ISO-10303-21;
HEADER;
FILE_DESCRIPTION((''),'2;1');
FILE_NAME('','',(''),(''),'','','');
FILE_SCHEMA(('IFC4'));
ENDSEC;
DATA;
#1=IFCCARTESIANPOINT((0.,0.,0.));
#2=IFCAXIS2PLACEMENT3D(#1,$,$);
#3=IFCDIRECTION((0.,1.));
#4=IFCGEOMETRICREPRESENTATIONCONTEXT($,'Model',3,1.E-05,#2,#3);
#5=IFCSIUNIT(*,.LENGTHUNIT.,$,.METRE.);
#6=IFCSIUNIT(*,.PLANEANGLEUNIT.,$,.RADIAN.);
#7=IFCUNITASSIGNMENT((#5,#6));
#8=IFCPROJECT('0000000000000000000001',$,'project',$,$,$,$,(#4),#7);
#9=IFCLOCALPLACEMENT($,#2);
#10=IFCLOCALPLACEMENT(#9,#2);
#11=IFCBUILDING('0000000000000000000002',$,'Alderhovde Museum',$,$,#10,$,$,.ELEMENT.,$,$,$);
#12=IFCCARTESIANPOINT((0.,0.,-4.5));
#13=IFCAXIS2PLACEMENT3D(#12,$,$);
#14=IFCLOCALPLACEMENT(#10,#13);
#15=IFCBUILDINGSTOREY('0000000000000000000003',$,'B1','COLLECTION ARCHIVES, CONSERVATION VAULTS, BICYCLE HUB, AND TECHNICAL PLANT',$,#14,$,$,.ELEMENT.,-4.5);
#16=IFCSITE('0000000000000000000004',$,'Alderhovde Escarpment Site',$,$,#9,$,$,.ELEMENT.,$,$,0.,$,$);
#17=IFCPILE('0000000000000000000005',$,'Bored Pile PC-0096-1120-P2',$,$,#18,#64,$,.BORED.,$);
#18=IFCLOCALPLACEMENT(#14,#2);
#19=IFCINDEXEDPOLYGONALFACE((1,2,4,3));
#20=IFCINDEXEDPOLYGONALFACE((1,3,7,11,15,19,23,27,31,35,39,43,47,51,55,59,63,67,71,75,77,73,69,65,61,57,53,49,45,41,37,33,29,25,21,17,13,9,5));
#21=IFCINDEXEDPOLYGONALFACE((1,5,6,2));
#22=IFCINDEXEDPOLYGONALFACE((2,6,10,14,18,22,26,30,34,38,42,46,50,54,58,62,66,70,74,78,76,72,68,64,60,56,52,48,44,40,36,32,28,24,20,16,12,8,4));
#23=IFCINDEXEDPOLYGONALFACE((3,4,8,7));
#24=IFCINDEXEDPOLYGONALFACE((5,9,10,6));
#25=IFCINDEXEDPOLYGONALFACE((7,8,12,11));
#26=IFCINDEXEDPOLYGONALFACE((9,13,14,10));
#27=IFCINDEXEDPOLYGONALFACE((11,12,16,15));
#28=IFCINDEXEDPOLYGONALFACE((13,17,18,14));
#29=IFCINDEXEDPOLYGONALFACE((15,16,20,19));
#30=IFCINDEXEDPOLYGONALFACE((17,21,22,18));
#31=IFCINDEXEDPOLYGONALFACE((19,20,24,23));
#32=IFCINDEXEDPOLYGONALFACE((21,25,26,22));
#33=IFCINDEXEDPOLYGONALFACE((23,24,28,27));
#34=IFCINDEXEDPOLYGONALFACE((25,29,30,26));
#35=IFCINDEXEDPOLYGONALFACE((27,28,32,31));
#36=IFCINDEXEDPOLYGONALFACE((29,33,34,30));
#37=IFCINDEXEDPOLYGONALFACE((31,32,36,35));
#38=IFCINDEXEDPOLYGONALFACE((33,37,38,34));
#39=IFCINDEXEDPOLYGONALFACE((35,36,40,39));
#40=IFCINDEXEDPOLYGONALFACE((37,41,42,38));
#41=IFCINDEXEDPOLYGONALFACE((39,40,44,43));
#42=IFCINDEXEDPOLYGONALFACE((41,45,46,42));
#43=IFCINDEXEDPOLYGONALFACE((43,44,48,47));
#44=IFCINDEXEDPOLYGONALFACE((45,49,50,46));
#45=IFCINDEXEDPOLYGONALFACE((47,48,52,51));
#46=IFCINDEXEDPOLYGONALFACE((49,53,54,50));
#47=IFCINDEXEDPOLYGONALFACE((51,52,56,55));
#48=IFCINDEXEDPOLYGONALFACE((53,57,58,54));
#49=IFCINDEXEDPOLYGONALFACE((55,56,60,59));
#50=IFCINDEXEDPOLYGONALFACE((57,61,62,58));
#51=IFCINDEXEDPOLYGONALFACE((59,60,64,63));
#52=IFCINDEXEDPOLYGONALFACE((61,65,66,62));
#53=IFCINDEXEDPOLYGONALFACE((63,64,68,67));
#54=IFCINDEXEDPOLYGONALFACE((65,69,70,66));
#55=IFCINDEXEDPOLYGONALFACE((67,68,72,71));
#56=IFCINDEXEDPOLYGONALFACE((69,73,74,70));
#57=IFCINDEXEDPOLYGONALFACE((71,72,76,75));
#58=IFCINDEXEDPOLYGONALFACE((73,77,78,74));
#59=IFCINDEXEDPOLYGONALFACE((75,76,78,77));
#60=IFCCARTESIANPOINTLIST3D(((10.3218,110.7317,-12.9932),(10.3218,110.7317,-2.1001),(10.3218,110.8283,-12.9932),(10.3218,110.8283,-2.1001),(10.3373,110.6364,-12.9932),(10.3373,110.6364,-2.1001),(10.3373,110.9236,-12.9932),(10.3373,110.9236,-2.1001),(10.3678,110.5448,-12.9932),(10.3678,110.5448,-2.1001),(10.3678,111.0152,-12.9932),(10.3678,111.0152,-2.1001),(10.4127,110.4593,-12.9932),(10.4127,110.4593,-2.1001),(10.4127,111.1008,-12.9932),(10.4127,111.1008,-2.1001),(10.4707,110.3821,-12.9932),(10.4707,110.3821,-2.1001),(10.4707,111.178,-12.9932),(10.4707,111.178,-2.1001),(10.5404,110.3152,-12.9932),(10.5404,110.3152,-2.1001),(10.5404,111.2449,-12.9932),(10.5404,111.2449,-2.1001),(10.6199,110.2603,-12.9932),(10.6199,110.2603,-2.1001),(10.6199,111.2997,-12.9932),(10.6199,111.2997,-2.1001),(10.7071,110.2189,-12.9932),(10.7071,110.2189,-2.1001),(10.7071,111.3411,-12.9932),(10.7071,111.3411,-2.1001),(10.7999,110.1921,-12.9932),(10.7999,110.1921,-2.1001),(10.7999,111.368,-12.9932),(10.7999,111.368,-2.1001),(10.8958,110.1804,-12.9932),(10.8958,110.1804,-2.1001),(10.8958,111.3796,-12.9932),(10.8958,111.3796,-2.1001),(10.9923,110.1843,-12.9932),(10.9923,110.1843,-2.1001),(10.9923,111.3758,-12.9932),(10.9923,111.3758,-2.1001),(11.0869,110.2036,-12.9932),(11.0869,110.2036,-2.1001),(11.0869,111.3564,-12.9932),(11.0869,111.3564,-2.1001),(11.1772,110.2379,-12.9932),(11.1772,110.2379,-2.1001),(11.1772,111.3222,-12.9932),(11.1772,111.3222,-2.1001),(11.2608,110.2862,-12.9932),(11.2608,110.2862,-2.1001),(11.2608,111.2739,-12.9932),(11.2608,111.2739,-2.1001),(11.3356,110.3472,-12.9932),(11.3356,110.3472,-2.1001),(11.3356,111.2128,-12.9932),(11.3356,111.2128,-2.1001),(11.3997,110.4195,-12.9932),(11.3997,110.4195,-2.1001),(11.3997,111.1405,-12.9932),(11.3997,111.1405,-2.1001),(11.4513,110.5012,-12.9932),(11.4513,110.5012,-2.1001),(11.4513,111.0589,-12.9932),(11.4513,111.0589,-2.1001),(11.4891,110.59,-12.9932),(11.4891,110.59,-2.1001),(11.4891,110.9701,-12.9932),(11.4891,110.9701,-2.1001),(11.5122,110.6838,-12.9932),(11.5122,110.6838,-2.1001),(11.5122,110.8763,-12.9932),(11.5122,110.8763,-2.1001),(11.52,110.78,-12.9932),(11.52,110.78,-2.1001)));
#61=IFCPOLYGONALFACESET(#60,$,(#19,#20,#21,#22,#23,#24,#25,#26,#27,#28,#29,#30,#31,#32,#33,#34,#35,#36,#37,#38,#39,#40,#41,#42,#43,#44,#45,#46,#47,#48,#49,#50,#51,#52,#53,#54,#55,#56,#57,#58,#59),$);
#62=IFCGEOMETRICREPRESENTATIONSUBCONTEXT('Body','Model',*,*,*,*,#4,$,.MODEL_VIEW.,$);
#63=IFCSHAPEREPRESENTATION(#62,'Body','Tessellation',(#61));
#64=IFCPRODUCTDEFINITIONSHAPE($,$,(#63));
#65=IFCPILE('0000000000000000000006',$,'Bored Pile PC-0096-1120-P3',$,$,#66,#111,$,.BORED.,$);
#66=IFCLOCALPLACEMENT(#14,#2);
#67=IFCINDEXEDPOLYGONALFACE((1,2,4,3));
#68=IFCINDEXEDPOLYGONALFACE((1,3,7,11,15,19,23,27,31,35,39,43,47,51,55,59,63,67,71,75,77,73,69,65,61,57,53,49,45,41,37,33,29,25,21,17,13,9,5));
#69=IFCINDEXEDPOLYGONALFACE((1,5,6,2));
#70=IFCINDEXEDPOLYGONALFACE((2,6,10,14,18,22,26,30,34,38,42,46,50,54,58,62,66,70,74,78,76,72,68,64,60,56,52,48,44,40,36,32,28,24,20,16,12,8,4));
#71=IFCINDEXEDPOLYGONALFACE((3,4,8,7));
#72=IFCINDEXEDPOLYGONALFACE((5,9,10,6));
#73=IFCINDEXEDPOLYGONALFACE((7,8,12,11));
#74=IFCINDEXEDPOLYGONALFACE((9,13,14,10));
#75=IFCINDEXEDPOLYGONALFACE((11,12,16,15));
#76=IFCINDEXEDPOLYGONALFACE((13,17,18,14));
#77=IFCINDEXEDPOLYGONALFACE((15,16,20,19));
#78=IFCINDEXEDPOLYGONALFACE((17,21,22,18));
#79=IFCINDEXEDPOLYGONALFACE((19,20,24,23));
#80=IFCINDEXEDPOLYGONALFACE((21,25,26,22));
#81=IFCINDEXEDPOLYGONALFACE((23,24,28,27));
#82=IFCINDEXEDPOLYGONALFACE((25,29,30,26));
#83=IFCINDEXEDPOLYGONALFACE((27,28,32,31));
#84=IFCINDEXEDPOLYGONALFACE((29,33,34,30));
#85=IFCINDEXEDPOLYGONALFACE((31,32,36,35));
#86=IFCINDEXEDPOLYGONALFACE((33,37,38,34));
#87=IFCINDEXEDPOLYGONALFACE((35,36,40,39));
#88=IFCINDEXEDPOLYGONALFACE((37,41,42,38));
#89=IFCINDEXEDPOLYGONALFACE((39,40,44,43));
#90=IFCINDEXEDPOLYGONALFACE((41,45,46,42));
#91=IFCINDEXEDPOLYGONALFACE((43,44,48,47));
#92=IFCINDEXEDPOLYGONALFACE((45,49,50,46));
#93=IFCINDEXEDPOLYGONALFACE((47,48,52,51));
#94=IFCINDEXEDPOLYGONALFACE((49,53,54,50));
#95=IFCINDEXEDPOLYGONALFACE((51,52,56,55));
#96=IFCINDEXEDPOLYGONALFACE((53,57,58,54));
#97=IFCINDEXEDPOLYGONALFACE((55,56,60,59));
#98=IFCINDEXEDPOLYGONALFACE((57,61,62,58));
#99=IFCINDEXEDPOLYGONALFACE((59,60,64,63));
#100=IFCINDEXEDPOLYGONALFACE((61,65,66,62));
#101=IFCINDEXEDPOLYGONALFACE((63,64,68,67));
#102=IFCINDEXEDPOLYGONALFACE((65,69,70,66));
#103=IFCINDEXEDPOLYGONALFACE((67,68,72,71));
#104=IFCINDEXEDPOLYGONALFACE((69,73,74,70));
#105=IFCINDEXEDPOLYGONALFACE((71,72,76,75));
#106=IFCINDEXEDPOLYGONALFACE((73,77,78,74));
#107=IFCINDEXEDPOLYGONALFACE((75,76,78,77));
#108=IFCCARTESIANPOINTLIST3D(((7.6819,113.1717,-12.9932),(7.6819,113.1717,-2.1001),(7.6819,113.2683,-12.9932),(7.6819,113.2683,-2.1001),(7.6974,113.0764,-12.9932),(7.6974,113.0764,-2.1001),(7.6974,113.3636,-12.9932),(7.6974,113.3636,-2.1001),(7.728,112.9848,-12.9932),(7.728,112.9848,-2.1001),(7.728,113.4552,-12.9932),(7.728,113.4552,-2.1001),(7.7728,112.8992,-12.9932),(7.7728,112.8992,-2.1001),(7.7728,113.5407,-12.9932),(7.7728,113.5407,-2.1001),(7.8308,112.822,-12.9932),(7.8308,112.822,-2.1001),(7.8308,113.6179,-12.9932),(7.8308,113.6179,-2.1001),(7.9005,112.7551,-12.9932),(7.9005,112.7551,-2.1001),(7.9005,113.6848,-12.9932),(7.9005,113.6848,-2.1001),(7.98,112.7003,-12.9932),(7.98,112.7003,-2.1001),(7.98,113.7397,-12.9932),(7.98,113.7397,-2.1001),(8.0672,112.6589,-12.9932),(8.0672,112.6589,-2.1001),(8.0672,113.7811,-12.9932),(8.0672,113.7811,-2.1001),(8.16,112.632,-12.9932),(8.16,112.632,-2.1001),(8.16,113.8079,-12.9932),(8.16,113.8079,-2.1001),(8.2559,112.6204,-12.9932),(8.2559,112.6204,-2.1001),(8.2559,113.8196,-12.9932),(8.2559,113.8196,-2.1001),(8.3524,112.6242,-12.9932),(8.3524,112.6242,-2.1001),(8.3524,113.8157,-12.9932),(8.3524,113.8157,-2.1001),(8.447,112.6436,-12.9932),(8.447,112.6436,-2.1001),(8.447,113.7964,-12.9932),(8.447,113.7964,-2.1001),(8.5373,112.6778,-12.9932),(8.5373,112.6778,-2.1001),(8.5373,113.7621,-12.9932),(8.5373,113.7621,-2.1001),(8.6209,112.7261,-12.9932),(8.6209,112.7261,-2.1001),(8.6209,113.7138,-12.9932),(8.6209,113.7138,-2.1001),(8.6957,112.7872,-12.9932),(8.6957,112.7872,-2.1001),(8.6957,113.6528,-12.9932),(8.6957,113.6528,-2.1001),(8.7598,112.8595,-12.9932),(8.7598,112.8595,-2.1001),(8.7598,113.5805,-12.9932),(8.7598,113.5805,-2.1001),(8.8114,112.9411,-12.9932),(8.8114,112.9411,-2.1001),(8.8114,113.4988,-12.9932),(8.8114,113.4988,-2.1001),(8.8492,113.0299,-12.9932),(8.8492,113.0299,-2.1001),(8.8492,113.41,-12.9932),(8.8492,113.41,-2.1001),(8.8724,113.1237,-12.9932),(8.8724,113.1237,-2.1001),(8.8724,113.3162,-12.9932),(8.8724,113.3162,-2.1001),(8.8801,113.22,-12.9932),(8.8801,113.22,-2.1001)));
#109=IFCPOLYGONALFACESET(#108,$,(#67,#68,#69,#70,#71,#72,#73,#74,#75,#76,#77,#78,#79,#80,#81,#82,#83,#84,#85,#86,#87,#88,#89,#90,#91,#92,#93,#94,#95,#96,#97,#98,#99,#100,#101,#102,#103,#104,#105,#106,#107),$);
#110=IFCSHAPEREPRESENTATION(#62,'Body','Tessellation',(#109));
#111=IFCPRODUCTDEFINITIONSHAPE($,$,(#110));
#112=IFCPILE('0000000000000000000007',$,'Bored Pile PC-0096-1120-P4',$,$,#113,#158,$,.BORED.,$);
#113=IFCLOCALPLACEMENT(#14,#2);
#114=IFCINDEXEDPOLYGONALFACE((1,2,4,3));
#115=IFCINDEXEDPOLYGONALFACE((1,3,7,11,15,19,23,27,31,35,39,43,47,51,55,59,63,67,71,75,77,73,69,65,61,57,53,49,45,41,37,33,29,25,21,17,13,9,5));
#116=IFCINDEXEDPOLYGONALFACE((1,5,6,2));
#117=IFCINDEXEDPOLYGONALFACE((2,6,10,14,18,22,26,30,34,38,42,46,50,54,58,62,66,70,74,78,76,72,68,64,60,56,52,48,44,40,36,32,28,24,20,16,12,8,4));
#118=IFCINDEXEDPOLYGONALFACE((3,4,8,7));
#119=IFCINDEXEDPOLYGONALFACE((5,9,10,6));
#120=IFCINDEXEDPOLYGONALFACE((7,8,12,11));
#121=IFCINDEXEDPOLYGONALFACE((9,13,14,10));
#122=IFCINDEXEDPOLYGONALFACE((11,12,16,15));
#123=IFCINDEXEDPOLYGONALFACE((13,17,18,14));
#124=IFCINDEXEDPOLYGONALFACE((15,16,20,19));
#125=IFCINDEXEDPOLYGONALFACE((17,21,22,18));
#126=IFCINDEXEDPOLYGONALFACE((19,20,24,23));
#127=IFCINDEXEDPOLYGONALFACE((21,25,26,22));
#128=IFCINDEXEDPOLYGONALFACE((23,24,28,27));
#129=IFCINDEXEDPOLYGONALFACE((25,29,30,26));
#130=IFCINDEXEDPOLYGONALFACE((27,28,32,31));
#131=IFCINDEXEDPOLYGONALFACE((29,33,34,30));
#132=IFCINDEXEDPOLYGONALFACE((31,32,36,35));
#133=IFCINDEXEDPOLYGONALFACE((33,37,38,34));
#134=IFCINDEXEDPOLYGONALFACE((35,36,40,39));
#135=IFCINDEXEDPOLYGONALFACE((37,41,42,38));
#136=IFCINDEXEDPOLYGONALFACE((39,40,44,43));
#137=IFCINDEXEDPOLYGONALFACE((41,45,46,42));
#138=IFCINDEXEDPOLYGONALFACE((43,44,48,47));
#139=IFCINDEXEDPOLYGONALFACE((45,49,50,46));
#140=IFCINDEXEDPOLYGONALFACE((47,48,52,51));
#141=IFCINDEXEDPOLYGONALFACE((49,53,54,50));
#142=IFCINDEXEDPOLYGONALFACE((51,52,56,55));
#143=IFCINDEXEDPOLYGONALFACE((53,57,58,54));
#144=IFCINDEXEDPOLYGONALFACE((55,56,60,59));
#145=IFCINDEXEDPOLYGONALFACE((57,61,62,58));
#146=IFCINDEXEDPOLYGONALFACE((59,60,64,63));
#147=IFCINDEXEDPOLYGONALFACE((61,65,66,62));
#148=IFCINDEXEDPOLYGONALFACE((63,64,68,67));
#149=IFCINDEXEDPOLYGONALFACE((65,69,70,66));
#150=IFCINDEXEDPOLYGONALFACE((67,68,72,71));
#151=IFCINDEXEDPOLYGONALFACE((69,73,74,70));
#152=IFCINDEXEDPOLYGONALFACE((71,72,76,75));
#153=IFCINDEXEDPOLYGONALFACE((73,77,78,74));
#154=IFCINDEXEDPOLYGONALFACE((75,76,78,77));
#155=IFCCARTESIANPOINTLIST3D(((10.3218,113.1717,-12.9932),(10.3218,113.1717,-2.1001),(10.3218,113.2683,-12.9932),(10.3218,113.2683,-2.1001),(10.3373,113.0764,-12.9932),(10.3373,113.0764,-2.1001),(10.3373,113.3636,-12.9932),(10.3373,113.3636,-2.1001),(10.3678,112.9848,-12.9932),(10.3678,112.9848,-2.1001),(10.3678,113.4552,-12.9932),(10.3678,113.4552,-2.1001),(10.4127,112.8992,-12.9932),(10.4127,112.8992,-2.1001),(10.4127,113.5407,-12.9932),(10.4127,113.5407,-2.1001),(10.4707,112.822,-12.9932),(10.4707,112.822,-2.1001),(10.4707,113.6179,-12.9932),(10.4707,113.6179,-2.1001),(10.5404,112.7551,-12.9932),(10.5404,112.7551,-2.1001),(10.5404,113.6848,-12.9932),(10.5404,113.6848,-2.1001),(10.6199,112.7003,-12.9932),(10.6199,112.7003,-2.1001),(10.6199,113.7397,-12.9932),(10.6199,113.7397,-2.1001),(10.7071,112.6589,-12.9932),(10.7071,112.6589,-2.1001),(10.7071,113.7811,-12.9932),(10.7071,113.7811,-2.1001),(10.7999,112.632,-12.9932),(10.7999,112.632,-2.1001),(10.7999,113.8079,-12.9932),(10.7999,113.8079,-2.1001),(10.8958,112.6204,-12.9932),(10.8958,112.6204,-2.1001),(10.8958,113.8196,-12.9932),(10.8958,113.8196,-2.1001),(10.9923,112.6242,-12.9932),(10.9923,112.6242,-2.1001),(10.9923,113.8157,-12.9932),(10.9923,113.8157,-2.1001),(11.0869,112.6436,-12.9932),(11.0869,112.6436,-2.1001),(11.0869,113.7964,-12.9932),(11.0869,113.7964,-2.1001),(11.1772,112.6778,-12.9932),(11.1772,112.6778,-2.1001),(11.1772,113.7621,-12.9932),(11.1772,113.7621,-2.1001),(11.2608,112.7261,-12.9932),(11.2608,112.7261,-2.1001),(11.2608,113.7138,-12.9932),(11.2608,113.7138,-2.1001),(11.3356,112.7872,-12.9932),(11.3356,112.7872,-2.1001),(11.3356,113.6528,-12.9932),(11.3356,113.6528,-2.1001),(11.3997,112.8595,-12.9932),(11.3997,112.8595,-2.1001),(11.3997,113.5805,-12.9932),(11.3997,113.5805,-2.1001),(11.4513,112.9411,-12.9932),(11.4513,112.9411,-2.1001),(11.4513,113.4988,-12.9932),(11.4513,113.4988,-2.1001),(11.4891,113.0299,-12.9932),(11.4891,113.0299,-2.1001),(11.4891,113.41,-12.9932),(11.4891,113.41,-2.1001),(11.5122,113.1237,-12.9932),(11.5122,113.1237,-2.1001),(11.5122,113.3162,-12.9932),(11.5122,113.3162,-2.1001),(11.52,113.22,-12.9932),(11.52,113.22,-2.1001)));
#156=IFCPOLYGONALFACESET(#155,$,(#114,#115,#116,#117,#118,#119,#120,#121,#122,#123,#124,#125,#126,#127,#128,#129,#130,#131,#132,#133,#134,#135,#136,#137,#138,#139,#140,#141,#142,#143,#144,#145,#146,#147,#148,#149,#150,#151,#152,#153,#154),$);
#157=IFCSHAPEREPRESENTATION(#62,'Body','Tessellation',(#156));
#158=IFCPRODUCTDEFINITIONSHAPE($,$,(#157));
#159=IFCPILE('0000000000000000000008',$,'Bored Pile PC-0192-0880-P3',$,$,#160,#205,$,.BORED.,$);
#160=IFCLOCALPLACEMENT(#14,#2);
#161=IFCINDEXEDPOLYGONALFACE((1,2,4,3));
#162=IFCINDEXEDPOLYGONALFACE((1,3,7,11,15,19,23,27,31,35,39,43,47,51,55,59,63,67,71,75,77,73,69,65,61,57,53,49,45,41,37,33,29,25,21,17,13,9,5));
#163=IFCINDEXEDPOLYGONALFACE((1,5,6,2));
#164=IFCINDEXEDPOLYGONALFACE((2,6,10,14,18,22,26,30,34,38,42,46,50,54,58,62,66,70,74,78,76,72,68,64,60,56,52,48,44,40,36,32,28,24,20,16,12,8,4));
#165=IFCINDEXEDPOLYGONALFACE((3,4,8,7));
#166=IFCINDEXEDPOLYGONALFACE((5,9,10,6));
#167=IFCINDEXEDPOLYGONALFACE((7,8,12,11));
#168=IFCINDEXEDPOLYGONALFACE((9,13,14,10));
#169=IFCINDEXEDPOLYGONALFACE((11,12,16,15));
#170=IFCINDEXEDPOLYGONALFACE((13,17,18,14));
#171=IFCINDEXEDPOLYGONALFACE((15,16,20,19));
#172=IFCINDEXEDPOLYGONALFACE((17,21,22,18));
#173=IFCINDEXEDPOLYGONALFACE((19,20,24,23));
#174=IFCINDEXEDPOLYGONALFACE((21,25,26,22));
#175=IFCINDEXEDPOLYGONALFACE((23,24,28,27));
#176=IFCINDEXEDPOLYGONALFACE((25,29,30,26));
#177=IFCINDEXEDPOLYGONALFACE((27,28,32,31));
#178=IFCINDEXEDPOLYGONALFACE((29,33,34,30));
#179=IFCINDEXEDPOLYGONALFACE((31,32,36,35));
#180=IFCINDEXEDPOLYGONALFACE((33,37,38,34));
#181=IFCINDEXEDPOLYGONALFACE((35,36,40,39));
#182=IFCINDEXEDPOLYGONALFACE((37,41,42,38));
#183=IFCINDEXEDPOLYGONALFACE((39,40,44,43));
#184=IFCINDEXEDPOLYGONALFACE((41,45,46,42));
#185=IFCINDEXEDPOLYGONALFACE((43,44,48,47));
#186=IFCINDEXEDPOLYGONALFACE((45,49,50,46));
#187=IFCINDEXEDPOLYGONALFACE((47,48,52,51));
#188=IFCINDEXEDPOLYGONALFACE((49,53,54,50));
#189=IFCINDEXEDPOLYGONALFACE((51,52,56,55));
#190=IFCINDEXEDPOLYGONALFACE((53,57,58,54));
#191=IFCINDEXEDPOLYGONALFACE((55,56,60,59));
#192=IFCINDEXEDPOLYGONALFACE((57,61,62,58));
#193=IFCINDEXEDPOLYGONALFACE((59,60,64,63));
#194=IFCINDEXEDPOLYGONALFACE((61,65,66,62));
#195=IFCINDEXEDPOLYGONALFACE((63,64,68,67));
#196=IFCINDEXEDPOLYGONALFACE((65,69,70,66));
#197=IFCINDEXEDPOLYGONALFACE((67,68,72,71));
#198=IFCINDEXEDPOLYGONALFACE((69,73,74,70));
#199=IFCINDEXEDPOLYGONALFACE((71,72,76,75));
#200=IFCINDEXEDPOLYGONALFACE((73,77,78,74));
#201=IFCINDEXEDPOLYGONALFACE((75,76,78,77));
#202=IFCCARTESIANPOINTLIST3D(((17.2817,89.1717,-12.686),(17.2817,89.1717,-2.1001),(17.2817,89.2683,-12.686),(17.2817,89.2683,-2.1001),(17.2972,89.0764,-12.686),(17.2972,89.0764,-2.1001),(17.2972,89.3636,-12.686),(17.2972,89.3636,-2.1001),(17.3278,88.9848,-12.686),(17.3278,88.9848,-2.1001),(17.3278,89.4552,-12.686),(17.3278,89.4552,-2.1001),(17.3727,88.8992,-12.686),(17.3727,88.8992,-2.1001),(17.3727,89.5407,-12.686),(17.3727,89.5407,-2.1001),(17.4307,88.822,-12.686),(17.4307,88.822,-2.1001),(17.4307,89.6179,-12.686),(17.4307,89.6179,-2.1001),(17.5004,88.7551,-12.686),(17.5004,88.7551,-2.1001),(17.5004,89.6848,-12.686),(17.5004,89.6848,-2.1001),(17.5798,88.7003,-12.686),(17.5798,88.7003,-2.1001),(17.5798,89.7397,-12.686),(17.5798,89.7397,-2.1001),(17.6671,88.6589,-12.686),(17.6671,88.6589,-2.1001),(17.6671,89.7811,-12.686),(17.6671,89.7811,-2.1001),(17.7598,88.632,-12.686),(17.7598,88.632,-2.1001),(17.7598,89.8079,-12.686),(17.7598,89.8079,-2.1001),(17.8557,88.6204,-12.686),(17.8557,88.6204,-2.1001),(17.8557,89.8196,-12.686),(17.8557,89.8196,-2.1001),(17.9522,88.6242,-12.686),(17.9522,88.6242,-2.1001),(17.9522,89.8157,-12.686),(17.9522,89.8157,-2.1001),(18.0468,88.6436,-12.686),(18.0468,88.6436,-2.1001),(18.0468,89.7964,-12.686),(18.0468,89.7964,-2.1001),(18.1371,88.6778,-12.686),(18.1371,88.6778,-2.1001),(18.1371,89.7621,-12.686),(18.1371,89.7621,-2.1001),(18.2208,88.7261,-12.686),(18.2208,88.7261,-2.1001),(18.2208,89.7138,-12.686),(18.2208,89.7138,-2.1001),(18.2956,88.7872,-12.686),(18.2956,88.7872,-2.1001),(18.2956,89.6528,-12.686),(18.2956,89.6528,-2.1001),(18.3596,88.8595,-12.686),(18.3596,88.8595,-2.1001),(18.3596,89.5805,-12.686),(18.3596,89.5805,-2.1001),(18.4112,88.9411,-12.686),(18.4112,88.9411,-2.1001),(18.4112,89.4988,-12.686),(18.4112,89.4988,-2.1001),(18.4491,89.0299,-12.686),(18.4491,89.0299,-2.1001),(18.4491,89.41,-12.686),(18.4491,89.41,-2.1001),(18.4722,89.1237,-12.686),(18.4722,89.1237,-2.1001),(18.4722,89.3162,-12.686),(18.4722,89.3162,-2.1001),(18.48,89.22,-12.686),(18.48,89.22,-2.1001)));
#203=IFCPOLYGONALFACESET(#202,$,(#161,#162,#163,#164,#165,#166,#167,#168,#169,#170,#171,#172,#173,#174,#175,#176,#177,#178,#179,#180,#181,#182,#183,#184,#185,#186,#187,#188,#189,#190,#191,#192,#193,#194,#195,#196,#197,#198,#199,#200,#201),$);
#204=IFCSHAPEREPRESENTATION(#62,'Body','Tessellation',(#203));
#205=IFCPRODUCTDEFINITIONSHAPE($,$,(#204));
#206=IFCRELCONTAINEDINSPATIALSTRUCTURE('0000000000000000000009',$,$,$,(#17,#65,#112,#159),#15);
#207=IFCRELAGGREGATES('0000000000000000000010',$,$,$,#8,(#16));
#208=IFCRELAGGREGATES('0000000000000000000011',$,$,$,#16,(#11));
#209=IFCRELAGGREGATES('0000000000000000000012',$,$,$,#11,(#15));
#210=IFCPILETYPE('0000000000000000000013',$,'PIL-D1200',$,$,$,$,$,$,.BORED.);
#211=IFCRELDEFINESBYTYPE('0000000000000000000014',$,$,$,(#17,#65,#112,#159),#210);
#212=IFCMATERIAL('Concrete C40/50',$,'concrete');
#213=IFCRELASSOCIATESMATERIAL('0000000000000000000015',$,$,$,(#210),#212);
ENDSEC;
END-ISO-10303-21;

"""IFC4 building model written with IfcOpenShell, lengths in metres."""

from ifc_helpers import new_model, si_unit, direction, frame, origin, origin_2d, place, context, subcontext, project, spatial, circle, extrude, material, material_profile, profile_set, type_object, element, save


model = new_model("IFC4")

# Units and contexts
model_context = context("Model", 3, precision=1e-05, world=origin(), true_north=direction((0.0, 1.0)))
body_context = subcontext(model_context, "Body", "Model", "MODEL_VIEW")
ifc_project = project(units=[si_unit("LENGTHUNIT", "METRE"), si_unit("PLANEANGLEUNIT", "RADIAN")], contexts=[model_context])

# Site, building, storey
site_placement = place(None, origin())
site = spatial("IfcSite", under=ifc_project, at=site_placement, Name="Alderhovde Escarpment Site", CompositionType="ELEMENT", RefElevation=0.0)
building_placement = place(site_placement, origin())
building = spatial("IfcBuilding", under=site, at=building_placement, Name="Alderhovde Museum", CompositionType="ELEMENT")
storey_placement = place(building_placement, frame((0.0, 0.0, -4.5)))
storey = spatial("IfcBuildingStorey", under=building, at=storey_placement, Name="B1", Description="COLLECTION ARCHIVES, CONSERVATION VAULTS, BICYCLE HUB, AND TECHNICAL PLANT", CompositionType="ELEMENT", Elevation=-4.5)

# Piles
ifc_material_1 = material(Name="Concrete C40/50", Category="concrete")
ifc_material_profile_1 = material_profile(ifc_material_1, circle(Radius=0.6001, at=origin_2d()), Name="PILE-D1200")
ifc_profile_set_1 = profile_set([ifc_material_profile_1], Name="Concrete C40/50")
pile_type = type_object("IfcPileType", Name="PIL-D1200", PredefinedType="BORED", material=ifc_profile_set_1)
for number, where, z_axis, x_axis, name in (
    (1, (10.9199, 110.78, -2.1001), (0.0, 0.0, -1.0), (1.0, 0.0, 0.0), "Bored Pile PC-0096-1120-P2"),
    (2, (8.28, 113.22, -2.1001), (0.0, 0.0, -1.0), (1.0, 0.0, 0.0), "Bored Pile PC-0096-1120-P3"),
    (3, (10.9199, 113.22, -2.1001), (0.0, 0.0, -1.0), (1.0, 0.0, 0.0), "Bored Pile PC-0096-1120-P4"),
):
    element("IfcPile", number, at=place(storey_placement, frame(where, z_axis=z_axis, x_axis=x_axis)), inside=storey, type_object=pile_type, Name=name, PredefinedType="BORED", context=body_context, shape_type="SweptSolid", body=[
        extrude(circle(Radius=0.6001, at=origin_2d()), origin(), (0.0, 0.0, 1.0), 10.8931),
    ])
for number, where, z_axis, x_axis, name in (
    (4, (17.8799, 89.22, -2.1001), (0.0, 0.0, -1.0), (1.0, 0.0, 0.0), "Bored Pile PC-0192-0880-P3"),
):
    element("IfcPile", number, at=place(storey_placement, frame(where, z_axis=z_axis, x_axis=x_axis)), inside=storey, type_object=pile_type, Name=name, PredefinedType="BORED", context=body_context, shape_type="SweptSolid", body=[
        extrude(circle(Radius=0.6001, at=origin_2d()), origin(), (0.0, 0.0, 1.0), 10.5859),
    ])

save(model, "model.ifc")
